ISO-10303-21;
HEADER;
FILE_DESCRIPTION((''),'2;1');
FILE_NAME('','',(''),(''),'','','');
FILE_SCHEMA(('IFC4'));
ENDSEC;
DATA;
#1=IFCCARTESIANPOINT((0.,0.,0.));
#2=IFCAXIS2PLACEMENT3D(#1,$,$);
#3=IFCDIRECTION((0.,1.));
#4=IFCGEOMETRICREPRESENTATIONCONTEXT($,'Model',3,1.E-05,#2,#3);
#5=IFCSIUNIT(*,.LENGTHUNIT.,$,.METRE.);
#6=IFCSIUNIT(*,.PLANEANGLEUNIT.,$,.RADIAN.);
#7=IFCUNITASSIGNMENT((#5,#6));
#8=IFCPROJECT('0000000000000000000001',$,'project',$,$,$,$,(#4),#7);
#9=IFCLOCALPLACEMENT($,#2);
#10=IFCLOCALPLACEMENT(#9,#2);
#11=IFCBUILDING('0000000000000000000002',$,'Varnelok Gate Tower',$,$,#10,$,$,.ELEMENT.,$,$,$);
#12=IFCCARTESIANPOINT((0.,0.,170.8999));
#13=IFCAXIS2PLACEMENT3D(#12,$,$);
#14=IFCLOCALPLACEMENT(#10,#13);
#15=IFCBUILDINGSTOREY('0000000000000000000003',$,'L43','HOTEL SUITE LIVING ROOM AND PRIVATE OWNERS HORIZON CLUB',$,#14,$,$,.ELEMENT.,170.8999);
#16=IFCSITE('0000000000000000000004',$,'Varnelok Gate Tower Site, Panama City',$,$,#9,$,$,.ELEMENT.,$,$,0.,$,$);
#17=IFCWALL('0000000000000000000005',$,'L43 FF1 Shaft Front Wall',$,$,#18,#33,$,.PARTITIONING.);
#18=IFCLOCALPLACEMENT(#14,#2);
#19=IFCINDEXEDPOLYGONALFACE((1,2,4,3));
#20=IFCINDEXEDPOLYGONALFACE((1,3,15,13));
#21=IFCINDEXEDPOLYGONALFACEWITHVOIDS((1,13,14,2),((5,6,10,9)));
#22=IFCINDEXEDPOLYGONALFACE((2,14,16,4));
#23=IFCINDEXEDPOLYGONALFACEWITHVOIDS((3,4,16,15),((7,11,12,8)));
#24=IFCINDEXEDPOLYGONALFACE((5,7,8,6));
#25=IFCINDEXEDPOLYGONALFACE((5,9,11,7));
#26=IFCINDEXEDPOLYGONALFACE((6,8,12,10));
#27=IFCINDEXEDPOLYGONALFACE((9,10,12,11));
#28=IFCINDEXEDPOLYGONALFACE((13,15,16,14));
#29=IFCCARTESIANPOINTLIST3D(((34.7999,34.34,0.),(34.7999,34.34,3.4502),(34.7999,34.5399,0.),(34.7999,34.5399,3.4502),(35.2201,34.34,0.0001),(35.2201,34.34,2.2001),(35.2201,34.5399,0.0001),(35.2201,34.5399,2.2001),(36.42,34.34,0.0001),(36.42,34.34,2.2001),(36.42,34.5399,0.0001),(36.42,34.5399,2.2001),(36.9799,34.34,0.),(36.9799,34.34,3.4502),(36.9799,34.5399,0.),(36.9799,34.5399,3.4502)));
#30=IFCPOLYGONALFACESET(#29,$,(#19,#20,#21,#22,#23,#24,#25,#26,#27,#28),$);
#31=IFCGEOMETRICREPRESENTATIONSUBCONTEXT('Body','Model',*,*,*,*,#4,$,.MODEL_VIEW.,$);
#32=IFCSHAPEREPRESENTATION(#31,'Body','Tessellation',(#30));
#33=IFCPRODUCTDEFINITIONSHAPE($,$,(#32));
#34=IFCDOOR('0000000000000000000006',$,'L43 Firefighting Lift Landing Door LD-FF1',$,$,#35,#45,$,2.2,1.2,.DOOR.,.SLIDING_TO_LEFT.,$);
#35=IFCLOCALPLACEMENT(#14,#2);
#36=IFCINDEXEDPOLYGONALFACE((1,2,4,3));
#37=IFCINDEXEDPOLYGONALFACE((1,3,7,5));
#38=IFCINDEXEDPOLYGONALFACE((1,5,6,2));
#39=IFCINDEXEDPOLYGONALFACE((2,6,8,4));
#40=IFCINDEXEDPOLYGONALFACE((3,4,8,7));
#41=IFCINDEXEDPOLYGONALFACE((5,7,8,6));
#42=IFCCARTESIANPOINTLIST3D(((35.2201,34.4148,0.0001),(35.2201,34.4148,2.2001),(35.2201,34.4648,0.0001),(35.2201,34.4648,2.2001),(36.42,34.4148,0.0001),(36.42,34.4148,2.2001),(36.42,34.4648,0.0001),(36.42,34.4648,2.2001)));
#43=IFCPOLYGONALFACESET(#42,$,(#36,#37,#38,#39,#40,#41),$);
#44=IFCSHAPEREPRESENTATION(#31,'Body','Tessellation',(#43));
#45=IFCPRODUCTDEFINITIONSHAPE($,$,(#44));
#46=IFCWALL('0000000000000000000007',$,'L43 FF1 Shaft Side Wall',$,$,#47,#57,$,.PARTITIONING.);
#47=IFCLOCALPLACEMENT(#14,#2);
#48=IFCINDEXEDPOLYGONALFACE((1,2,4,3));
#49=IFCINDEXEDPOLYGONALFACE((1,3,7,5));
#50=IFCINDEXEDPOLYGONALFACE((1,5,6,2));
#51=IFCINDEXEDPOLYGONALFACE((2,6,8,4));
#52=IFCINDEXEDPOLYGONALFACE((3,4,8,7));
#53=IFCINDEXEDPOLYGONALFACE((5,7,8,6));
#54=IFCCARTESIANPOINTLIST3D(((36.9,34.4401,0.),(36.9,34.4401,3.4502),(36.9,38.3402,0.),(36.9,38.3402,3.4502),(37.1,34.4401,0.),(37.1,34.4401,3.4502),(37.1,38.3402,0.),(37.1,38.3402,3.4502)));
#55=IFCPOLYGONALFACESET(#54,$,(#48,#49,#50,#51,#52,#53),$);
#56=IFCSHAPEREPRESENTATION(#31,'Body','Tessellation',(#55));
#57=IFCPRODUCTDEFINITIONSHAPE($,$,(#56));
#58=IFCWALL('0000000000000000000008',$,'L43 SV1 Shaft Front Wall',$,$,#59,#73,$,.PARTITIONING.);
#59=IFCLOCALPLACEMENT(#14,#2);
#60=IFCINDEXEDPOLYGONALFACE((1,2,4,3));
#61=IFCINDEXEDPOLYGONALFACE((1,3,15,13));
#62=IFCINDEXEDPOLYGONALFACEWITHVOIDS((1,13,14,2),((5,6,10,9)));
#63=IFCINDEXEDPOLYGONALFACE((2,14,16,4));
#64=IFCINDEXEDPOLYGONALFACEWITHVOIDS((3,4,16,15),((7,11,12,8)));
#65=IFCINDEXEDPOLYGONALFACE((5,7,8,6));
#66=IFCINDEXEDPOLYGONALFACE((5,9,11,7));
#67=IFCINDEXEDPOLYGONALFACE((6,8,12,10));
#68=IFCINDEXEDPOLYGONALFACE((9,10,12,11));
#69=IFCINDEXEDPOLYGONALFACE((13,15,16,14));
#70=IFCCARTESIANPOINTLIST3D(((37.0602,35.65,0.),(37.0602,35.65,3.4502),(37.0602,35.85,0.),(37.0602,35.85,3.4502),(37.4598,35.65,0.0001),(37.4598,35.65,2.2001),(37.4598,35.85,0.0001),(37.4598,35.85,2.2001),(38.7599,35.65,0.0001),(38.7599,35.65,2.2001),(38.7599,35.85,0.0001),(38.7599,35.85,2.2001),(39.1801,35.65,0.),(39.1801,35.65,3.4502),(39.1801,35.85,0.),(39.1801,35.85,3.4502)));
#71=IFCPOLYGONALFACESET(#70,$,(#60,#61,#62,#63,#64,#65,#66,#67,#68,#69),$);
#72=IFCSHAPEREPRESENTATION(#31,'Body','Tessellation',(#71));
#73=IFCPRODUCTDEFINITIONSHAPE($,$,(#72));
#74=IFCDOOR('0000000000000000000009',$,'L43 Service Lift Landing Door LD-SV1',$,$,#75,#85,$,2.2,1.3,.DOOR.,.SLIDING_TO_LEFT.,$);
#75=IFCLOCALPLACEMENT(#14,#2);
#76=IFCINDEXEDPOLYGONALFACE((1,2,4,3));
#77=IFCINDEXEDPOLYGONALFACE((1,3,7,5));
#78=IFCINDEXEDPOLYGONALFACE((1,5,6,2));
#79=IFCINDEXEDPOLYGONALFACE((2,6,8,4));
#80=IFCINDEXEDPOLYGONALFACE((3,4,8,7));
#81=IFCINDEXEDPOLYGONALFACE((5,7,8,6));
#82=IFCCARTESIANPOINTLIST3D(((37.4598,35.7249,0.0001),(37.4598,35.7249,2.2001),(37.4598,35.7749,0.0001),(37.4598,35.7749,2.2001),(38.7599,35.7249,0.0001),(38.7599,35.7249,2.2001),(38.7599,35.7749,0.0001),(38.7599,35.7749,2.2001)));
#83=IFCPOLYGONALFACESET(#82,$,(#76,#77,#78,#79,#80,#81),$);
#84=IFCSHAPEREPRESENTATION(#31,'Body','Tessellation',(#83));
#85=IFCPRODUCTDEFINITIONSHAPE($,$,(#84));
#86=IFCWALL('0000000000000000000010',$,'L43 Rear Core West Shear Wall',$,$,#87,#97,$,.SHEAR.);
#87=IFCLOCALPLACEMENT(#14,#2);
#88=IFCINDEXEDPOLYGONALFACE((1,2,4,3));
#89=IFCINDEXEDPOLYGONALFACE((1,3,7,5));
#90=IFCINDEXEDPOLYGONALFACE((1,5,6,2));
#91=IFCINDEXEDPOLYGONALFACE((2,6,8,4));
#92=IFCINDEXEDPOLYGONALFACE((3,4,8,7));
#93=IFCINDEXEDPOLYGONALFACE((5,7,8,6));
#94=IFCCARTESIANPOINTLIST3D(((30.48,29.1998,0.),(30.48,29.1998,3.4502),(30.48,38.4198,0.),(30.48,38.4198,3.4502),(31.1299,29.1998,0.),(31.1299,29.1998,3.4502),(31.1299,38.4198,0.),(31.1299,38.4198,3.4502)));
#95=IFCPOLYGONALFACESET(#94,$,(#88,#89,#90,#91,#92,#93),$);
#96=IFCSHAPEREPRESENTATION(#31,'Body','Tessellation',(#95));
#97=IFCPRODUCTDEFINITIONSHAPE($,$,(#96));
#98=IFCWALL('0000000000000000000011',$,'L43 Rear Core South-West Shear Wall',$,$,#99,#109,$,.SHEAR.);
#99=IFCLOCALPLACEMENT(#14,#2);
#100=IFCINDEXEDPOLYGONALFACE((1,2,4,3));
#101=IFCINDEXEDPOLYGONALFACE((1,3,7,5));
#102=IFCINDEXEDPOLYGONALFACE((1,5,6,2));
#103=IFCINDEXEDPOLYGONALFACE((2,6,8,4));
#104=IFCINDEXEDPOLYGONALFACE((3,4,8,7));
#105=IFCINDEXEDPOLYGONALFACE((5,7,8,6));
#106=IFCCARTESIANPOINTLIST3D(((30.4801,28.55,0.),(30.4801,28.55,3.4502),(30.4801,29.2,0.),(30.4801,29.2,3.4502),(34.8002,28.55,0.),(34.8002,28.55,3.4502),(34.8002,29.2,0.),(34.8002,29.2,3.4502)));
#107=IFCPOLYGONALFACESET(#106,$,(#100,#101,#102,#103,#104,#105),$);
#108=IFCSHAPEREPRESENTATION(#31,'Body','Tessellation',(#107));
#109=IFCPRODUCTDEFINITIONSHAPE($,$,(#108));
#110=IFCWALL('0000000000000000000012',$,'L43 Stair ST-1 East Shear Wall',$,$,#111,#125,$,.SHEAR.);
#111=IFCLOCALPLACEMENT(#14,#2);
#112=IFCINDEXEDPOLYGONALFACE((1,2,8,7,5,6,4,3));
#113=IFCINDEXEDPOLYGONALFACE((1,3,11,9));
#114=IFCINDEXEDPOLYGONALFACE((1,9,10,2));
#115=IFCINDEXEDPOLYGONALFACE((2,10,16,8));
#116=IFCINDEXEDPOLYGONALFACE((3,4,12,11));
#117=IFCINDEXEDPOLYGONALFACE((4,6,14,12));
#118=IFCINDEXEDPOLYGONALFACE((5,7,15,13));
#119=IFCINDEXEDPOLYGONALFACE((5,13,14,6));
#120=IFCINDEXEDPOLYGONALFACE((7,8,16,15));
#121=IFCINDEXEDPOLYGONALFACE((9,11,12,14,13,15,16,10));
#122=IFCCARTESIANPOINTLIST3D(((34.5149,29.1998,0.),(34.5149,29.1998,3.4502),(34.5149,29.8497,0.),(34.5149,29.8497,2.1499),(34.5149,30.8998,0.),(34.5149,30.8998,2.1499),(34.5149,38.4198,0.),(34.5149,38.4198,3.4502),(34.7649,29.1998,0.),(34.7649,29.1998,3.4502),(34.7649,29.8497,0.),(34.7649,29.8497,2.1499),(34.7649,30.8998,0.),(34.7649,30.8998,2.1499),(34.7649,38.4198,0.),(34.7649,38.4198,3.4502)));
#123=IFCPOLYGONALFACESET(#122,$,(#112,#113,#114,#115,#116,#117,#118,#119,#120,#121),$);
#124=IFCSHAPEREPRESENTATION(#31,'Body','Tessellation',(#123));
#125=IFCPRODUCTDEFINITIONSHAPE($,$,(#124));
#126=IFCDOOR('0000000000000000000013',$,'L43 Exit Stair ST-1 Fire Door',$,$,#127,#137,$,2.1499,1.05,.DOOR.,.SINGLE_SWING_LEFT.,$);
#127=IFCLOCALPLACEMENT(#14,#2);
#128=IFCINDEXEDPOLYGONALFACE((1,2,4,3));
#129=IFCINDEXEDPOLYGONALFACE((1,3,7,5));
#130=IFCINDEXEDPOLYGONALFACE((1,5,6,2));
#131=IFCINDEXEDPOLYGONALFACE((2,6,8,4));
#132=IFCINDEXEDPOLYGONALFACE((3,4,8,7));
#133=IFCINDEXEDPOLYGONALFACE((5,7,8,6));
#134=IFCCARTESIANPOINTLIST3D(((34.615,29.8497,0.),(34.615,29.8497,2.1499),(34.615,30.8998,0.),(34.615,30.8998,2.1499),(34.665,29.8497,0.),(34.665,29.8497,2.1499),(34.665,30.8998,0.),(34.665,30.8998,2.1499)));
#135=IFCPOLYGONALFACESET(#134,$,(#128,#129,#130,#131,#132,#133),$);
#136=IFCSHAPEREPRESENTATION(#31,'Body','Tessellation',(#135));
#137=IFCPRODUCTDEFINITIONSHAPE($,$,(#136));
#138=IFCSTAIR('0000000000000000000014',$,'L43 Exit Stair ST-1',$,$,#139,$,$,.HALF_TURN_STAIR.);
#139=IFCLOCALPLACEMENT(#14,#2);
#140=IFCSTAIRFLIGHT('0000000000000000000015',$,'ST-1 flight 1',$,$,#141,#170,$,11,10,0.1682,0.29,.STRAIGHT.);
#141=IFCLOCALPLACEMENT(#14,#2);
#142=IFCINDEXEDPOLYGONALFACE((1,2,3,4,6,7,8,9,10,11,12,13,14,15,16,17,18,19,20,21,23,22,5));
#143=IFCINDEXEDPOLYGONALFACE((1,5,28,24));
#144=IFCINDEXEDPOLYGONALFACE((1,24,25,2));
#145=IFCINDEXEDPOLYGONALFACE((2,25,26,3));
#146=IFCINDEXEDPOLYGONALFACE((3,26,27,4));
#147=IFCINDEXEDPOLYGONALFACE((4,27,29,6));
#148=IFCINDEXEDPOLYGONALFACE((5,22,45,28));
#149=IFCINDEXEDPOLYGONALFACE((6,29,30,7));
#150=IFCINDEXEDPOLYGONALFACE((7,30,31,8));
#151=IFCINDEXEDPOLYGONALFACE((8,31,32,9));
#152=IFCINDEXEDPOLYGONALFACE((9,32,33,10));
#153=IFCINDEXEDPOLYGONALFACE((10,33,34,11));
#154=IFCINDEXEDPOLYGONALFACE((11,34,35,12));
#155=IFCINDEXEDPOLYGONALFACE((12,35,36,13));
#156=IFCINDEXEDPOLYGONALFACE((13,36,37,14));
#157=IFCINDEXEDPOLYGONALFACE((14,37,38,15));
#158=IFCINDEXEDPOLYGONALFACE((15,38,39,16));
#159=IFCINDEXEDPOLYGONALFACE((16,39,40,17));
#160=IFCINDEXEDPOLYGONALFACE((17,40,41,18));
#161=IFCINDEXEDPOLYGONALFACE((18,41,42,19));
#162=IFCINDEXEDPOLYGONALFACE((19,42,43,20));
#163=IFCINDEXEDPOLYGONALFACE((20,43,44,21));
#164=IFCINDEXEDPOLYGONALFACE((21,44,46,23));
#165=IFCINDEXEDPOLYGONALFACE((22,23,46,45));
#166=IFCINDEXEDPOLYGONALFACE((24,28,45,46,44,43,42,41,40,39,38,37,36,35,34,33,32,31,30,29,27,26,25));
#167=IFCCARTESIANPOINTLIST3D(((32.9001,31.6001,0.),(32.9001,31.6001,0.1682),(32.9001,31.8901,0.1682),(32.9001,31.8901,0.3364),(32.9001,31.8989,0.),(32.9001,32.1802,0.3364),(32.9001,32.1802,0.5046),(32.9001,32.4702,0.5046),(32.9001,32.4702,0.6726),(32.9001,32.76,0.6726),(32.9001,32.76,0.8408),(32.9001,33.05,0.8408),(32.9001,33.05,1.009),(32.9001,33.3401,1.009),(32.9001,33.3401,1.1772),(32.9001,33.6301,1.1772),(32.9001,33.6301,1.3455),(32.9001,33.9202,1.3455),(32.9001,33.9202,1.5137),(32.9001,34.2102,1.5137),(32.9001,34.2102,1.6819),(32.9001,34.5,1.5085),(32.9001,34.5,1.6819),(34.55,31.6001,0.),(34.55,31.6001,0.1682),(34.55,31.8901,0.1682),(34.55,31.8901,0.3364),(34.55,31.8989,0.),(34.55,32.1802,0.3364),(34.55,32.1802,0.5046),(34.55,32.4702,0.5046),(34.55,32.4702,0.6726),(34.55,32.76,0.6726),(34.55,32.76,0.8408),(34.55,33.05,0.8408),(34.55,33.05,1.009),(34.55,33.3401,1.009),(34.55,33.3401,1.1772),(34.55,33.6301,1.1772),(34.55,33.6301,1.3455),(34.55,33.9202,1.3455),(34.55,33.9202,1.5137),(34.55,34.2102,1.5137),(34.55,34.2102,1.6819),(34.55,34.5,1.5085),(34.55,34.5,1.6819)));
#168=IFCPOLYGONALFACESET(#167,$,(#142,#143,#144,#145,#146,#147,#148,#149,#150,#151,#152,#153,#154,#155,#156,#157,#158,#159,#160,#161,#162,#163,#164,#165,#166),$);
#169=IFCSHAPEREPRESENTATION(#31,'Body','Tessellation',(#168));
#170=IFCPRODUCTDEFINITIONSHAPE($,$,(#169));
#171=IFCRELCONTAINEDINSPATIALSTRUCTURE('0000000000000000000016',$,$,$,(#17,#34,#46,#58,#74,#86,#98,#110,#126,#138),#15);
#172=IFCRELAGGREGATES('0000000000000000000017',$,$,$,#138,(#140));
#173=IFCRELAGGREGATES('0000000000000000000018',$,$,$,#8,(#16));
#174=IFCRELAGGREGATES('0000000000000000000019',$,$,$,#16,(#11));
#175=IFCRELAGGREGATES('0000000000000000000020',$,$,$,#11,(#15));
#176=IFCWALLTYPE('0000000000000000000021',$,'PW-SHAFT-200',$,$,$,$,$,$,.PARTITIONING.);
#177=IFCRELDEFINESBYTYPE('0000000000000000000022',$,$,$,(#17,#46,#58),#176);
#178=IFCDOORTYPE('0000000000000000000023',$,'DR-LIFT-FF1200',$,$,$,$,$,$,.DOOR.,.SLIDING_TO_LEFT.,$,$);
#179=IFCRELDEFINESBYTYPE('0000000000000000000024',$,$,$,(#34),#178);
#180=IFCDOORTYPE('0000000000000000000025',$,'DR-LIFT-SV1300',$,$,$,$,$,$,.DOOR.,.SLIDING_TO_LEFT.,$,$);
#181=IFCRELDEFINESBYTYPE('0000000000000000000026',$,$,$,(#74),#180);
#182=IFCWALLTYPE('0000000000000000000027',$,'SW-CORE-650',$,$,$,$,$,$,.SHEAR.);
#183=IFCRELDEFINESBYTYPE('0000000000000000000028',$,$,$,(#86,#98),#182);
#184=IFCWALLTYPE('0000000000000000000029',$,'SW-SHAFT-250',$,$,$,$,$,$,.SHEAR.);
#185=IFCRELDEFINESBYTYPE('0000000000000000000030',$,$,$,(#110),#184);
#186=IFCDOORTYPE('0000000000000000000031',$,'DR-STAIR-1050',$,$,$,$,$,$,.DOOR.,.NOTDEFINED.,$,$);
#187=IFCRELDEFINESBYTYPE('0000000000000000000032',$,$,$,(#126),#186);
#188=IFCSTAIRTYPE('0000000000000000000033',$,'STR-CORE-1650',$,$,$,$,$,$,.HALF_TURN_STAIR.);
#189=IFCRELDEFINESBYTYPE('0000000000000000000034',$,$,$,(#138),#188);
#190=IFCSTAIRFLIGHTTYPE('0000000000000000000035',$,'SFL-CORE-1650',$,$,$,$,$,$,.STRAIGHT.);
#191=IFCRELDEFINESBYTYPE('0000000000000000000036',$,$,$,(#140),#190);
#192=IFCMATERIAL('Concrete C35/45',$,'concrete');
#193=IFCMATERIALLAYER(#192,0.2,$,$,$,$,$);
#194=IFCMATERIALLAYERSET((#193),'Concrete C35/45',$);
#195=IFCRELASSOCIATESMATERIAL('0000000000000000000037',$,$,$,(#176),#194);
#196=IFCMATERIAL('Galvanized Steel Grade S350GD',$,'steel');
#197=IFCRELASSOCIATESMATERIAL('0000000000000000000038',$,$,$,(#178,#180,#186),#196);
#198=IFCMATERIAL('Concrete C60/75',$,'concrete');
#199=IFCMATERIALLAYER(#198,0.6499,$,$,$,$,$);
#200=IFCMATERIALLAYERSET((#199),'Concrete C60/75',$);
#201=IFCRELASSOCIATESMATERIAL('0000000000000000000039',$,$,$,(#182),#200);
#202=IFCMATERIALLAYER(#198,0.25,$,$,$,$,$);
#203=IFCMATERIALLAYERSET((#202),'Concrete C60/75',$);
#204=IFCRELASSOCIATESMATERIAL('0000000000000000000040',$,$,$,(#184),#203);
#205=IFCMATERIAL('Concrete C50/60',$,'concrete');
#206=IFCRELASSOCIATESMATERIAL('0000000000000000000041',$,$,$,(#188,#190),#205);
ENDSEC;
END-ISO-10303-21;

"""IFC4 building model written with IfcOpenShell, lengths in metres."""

from ifc_helpers import new_model, si_unit, direction, frame, frame_2d, origin, place, context, subcontext, project, spatial, polyline, rectangle, outline, extrude, material, layer, layer_set, type_object, element, fill, aggregate, save


model = new_model("IFC4")

# Units and contexts
model_context = context("Model", 3, precision=1e-05, world=origin(), true_north=direction((0.0, 1.0)))
body_context = subcontext(model_context, "Body", "Model", "MODEL_VIEW")
ifc_project = project(units=[si_unit("LENGTHUNIT", "METRE"), si_unit("PLANEANGLEUNIT", "RADIAN")], contexts=[model_context])

# Site, building, storey
site_placement = place(None, origin())
site = spatial("IfcSite", under=ifc_project, at=site_placement, Name="Varnelok Gate Tower Site, Panama City", CompositionType="ELEMENT", RefElevation=0.0)
building_placement = place(site_placement, origin())
building = spatial("IfcBuilding", under=site, at=building_placement, Name="Varnelok Gate Tower", CompositionType="ELEMENT")
storey_placement = place(building_placement, frame((0.0, 0.0, 170.8999)))
storey = spatial("IfcBuildingStorey", under=building, at=storey_placement, Name="L43", Description="HOTEL SUITE LIVING ROOM AND PRIVATE OWNERS HORIZON CLUB", CompositionType="ELEMENT", Elevation=170.8999)

# Shared definitions
ifc_material_1 = material(Name="Concrete C60/75", Category="concrete")

# Wall, opening, door
ifc_material_2 = material(Name="Concrete C35/45", Category="concrete")
ifc_layer_1 = layer(ifc_material_2, 0.2)
ifc_layer_set_1 = layer_set([ifc_layer_1], Name="Concrete C35/45")
wall_type_1 = type_object("IfcWallType", Name="PW-SHAFT-200", PredefinedType="PARTITIONING", material=ifc_layer_set_1)
wall_1_placement = place(storey_placement, frame((34.8, 34.4399, 0.0), z_axis=(0.0, 0.0, 1.0), x_axis=(1.0, 0.0, 0.0)))
wall_1 = element("IfcWall", 1, at=wall_1_placement, inside=storey, type_object=wall_type_1, Name="L43 FF1 Shaft Front Wall", PredefinedType="PARTITIONING", context=body_context, shape_type="SweptSolid", body=[
    extrude(rectangle(XDim=2.1799, YDim=0.2, at=frame_2d((1.0898, 0.0))), origin(), (0.0, 0.0, 1.0), 3.4502),
])
opening_1_placement = place(wall_1_placement, frame((0.4199, 0.0, 0.0)))
opening_1 = element("IfcOpeningElement", 2, at=opening_1_placement, cuts=wall_1, PredefinedType="OPENING", context=body_context, shape_type="SweptSolid", body=[
    extrude(rectangle(XDim=1.2, YDim=2.2, at=frame_2d((0.6001, 1.1001))), frame((0.0, 0.1099, 0.0), z_axis=(0.0, -1.0, 0.0), x_axis=(1.0, 0.0, 0.0)), (0.0, 0.0, 1.0), 0.22),
])
ifc_material_3 = material(Name="Galvanized Steel Grade S350GD", Category="steel")
door_type_1 = type_object("IfcDoorType", Name="DR-LIFT-FF1200", OperationType="SLIDING_TO_LEFT", PredefinedType="DOOR", material=ifc_material_3)
door_1_placement = place(opening_1_placement, origin())
door_1 = element("IfcDoor", 3, at=door_1_placement, inside=storey, type_object=door_type_1, Name="L43 Firefighting Lift Landing Door LD-FF1", OperationType="SLIDING_TO_LEFT", OverallHeight=2.2, OverallWidth=1.2, PredefinedType="DOOR", context=body_context, shape_type="SweptSolid", body=[
    extrude(rectangle(XDim=1.2, YDim=2.2, at=frame_2d((0.6001, 1.1001))), frame((0.0, 0.0249, 0.0), z_axis=(0.0, -1.0, 0.0), x_axis=(1.0, 0.0, 0.0)), (0.0, 0.0, 1.0), 0.05),
])
fill(opening_1, door_1)

# Wall
wall_2_placement = place(storey_placement, frame((37.0, 34.4399, 0.0), z_axis=(0.0, 0.0, 1.0), x_axis=(0.0, 1.0, 0.0)))
element("IfcWall", 4, at=wall_2_placement, inside=storey, type_object=wall_type_1, Name="L43 FF1 Shaft Side Wall", PredefinedType="PARTITIONING", context=body_context, shape_type="SweptSolid", body=[
    extrude(rectangle(XDim=3.9001, YDim=0.2, at=frame_2d((1.9502, 0.0))), origin(), (0.0, 0.0, 1.0), 3.4502),
])

# Wall, opening, door
wall_3_placement = place(storey_placement, frame((37.0601, 35.75, 0.0), z_axis=(0.0, 0.0, 1.0), x_axis=(1.0, 0.0, 0.0)))
wall_3 = element("IfcWall", 5, at=wall_3_placement, inside=storey, type_object=wall_type_1, Name="L43 SV1 Shaft Front Wall", PredefinedType="PARTITIONING", context=body_context, shape_type="SweptSolid", body=[
    extrude(rectangle(XDim=2.1199, YDim=0.2, at=frame_2d((1.0601, 0.0))), origin(), (0.0, 0.0, 1.0), 3.4502),
])
opening_2_placement = place(wall_3_placement, frame((0.3999, 0.0, 0.0)))
opening_2 = element("IfcOpeningElement", 6, at=opening_2_placement, cuts=wall_3, PredefinedType="OPENING", context=body_context, shape_type="SweptSolid", body=[
    extrude(rectangle(XDim=1.3, YDim=2.2, at=frame_2d((0.6499, 1.1001))), frame((0.0, 0.1099, 0.0), z_axis=(0.0, -1.0, 0.0), x_axis=(1.0, 0.0, 0.0)), (0.0, 0.0, 1.0), 0.22),
])
door_type_2 = type_object("IfcDoorType", Name="DR-LIFT-SV1300", OperationType="SLIDING_TO_LEFT", PredefinedType="DOOR", material=ifc_material_3)
door_2_placement = place(opening_2_placement, origin())
door_2 = element("IfcDoor", 7, at=door_2_placement, inside=storey, type_object=door_type_2, Name="L43 Service Lift Landing Door LD-SV1", OperationType="SLIDING_TO_LEFT", OverallHeight=2.2, OverallWidth=1.3, PredefinedType="DOOR", context=body_context, shape_type="SweptSolid", body=[
    extrude(rectangle(XDim=1.3, YDim=2.2, at=frame_2d((0.6499, 1.1001))), frame((0.0, 0.0249, 0.0), z_axis=(0.0, -1.0, 0.0), x_axis=(1.0, 0.0, 0.0)), (0.0, 0.0, 1.0), 0.05),
])
fill(opening_2, door_2)

# Walls
ifc_layer_2 = layer(ifc_material_1, 0.6499)
ifc_layer_set_2 = layer_set([ifc_layer_2], Name="Concrete C60/75")
wall_type_2 = type_object("IfcWallType", Name="SW-CORE-650", PredefinedType="SHEAR", material=ifc_layer_set_2)
wall_4_placement = place(storey_placement, frame((30.8049, 29.2, 0.0), z_axis=(0.0, 0.0, 1.0), x_axis=(0.0, 1.0, 0.0)))
element("IfcWall", 8, at=wall_4_placement, inside=storey, type_object=wall_type_2, Name="L43 Rear Core West Shear Wall", PredefinedType="SHEAR", context=body_context, shape_type="SweptSolid", body=[
    extrude(rectangle(XDim=9.22, YDim=0.6499, at=frame_2d((4.6099, 0.0))), origin(), (0.0, 0.0, 1.0), 3.4502),
])
wall_5_placement = place(storey_placement, frame((30.48, 28.875, 0.0), z_axis=(0.0, 0.0, 1.0), x_axis=(1.0, 0.0, 0.0)))
element("IfcWall", 9, at=wall_5_placement, inside=storey, type_object=wall_type_2, Name="L43 Rear Core South-West Shear Wall", PredefinedType="SHEAR", context=body_context, shape_type="SweptSolid", body=[
    extrude(rectangle(XDim=4.3201, YDim=0.6499, at=frame_2d((2.1602, 0.0))), origin(), (0.0, 0.0, 1.0), 3.4502),
])

# Wall, opening, door
ifc_layer_3 = layer(ifc_material_1, 0.25)
ifc_layer_set_3 = layer_set([ifc_layer_3], Name="Concrete C60/75")
wall_type_3 = type_object("IfcWallType", Name="SW-SHAFT-250", PredefinedType="SHEAR", material=ifc_layer_set_3)
wall_6_placement = place(storey_placement, frame((34.6399, 29.2, 0.0), z_axis=(0.0, 0.0, 1.0), x_axis=(0.0, 1.0, 0.0)))
wall_6 = element("IfcWall", 10, at=wall_6_placement, inside=storey, type_object=wall_type_3, Name="L43 Stair ST-1 East Shear Wall", PredefinedType="SHEAR", context=body_context, shape_type="SweptSolid", body=[
    extrude(rectangle(XDim=9.22, YDim=0.25, at=frame_2d((4.6099, 0.0))), origin(), (0.0, 0.0, 1.0), 3.4502),
])
opening_3_placement = place(wall_6_placement, frame((0.6499, 0.0, 0.0)))
opening_3 = element("IfcOpeningElement", 11, at=opening_3_placement, cuts=wall_6, PredefinedType="OPENING", context=body_context, shape_type="SweptSolid", body=[
    extrude(rectangle(XDim=1.05, YDim=2.1499, at=frame_2d((0.5249, 1.075))), frame((0.0, 0.135, 0.0), z_axis=(0.0, -1.0, 0.0), x_axis=(1.0, 0.0, 0.0)), (0.0, 0.0, 1.0), 0.27),
])
door_type_3 = type_object("IfcDoorType", Name="DR-STAIR-1050", OperationType="NOTDEFINED", PredefinedType="DOOR", material=ifc_material_3)
door_3_placement = place(opening_3_placement, origin())
door_3 = element("IfcDoor", 12, at=door_3_placement, inside=storey, type_object=door_type_3, Name="L43 Exit Stair ST-1 Fire Door", OperationType="SINGLE_SWING_LEFT", OverallHeight=2.1499, OverallWidth=1.05, PredefinedType="DOOR", context=body_context, shape_type="SweptSolid", body=[
    extrude(rectangle(XDim=1.05, YDim=2.1499, at=frame_2d((0.5249, 1.075))), frame((0.0, 0.0249, 0.0), z_axis=(0.0, -1.0, 0.0), x_axis=(1.0, 0.0, 0.0)), (0.0, 0.0, 1.0), 0.05),
])
fill(opening_3, door_3)

# Stair, stair flight
ifc_material_4 = material(Name="Concrete C50/60", Category="concrete")
stair_type = type_object("IfcStairType", Name="STR-CORE-1650", PredefinedType="HALF_TURN_STAIR", material=ifc_material_4)
stair_placement = place(storey_placement, origin())
stair = element("IfcStair", 13, at=stair_placement, inside=storey, type_object=stair_type, Name="L43 Exit Stair ST-1", PredefinedType="HALF_TURN_STAIR")
stair_flight_type = type_object("IfcStairFlightType", Name="SFL-CORE-1650", PredefinedType="STRAIGHT", material=ifc_material_4)
stair_flight_1_placement = place(storey_placement, frame((33.7251, 31.6001, 0.0), z_axis=(0.0, 0.0, 1.0), x_axis=(0.0, 1.0, 0.0)))
stair_flight_1 = element("IfcStairFlight", 14, at=stair_flight_1_placement, type_object=stair_flight_type, Name="ST-1 flight 1", NumberOfRisers=11, NumberOfTreads=10, PredefinedType="STRAIGHT", RiserHeight=0.1682, TreadLength=0.29, context=body_context, shape_type="SweptSolid", body=[
    extrude(outline(polyline([(0.0, 0.0), (0.0, 0.1682), (0.29, 0.1682), (0.29, 0.3364), (0.5801, 0.3364), (0.5801, 0.5046), (0.8701, 0.5046), (0.8701, 0.6726), (1.1599, 0.6726), (1.1599, 0.8408), (1.45, 0.8408), (1.45, 1.009), (1.74, 1.009), (1.74, 1.1772), (2.03, 1.1772), (2.03, 1.3455), (2.3201, 1.3455), (2.3201, 1.5137), (2.6101, 1.5137), (2.6101, 1.6819), (2.8999, 1.6819), (2.8999, 1.8501), (2.8999, 1.5085), (0.2988, 0.0), (0.0, 0.0)])), frame((0.0, 0.825, 0.0), z_axis=(0.0, -1.0, 0.0), x_axis=(1.0, 0.0, 0.0)), (0.0, 0.0, 1.0), 1.6499),
])
aggregate(stair, [stair_flight_1])

save(model, "model.ifc")
